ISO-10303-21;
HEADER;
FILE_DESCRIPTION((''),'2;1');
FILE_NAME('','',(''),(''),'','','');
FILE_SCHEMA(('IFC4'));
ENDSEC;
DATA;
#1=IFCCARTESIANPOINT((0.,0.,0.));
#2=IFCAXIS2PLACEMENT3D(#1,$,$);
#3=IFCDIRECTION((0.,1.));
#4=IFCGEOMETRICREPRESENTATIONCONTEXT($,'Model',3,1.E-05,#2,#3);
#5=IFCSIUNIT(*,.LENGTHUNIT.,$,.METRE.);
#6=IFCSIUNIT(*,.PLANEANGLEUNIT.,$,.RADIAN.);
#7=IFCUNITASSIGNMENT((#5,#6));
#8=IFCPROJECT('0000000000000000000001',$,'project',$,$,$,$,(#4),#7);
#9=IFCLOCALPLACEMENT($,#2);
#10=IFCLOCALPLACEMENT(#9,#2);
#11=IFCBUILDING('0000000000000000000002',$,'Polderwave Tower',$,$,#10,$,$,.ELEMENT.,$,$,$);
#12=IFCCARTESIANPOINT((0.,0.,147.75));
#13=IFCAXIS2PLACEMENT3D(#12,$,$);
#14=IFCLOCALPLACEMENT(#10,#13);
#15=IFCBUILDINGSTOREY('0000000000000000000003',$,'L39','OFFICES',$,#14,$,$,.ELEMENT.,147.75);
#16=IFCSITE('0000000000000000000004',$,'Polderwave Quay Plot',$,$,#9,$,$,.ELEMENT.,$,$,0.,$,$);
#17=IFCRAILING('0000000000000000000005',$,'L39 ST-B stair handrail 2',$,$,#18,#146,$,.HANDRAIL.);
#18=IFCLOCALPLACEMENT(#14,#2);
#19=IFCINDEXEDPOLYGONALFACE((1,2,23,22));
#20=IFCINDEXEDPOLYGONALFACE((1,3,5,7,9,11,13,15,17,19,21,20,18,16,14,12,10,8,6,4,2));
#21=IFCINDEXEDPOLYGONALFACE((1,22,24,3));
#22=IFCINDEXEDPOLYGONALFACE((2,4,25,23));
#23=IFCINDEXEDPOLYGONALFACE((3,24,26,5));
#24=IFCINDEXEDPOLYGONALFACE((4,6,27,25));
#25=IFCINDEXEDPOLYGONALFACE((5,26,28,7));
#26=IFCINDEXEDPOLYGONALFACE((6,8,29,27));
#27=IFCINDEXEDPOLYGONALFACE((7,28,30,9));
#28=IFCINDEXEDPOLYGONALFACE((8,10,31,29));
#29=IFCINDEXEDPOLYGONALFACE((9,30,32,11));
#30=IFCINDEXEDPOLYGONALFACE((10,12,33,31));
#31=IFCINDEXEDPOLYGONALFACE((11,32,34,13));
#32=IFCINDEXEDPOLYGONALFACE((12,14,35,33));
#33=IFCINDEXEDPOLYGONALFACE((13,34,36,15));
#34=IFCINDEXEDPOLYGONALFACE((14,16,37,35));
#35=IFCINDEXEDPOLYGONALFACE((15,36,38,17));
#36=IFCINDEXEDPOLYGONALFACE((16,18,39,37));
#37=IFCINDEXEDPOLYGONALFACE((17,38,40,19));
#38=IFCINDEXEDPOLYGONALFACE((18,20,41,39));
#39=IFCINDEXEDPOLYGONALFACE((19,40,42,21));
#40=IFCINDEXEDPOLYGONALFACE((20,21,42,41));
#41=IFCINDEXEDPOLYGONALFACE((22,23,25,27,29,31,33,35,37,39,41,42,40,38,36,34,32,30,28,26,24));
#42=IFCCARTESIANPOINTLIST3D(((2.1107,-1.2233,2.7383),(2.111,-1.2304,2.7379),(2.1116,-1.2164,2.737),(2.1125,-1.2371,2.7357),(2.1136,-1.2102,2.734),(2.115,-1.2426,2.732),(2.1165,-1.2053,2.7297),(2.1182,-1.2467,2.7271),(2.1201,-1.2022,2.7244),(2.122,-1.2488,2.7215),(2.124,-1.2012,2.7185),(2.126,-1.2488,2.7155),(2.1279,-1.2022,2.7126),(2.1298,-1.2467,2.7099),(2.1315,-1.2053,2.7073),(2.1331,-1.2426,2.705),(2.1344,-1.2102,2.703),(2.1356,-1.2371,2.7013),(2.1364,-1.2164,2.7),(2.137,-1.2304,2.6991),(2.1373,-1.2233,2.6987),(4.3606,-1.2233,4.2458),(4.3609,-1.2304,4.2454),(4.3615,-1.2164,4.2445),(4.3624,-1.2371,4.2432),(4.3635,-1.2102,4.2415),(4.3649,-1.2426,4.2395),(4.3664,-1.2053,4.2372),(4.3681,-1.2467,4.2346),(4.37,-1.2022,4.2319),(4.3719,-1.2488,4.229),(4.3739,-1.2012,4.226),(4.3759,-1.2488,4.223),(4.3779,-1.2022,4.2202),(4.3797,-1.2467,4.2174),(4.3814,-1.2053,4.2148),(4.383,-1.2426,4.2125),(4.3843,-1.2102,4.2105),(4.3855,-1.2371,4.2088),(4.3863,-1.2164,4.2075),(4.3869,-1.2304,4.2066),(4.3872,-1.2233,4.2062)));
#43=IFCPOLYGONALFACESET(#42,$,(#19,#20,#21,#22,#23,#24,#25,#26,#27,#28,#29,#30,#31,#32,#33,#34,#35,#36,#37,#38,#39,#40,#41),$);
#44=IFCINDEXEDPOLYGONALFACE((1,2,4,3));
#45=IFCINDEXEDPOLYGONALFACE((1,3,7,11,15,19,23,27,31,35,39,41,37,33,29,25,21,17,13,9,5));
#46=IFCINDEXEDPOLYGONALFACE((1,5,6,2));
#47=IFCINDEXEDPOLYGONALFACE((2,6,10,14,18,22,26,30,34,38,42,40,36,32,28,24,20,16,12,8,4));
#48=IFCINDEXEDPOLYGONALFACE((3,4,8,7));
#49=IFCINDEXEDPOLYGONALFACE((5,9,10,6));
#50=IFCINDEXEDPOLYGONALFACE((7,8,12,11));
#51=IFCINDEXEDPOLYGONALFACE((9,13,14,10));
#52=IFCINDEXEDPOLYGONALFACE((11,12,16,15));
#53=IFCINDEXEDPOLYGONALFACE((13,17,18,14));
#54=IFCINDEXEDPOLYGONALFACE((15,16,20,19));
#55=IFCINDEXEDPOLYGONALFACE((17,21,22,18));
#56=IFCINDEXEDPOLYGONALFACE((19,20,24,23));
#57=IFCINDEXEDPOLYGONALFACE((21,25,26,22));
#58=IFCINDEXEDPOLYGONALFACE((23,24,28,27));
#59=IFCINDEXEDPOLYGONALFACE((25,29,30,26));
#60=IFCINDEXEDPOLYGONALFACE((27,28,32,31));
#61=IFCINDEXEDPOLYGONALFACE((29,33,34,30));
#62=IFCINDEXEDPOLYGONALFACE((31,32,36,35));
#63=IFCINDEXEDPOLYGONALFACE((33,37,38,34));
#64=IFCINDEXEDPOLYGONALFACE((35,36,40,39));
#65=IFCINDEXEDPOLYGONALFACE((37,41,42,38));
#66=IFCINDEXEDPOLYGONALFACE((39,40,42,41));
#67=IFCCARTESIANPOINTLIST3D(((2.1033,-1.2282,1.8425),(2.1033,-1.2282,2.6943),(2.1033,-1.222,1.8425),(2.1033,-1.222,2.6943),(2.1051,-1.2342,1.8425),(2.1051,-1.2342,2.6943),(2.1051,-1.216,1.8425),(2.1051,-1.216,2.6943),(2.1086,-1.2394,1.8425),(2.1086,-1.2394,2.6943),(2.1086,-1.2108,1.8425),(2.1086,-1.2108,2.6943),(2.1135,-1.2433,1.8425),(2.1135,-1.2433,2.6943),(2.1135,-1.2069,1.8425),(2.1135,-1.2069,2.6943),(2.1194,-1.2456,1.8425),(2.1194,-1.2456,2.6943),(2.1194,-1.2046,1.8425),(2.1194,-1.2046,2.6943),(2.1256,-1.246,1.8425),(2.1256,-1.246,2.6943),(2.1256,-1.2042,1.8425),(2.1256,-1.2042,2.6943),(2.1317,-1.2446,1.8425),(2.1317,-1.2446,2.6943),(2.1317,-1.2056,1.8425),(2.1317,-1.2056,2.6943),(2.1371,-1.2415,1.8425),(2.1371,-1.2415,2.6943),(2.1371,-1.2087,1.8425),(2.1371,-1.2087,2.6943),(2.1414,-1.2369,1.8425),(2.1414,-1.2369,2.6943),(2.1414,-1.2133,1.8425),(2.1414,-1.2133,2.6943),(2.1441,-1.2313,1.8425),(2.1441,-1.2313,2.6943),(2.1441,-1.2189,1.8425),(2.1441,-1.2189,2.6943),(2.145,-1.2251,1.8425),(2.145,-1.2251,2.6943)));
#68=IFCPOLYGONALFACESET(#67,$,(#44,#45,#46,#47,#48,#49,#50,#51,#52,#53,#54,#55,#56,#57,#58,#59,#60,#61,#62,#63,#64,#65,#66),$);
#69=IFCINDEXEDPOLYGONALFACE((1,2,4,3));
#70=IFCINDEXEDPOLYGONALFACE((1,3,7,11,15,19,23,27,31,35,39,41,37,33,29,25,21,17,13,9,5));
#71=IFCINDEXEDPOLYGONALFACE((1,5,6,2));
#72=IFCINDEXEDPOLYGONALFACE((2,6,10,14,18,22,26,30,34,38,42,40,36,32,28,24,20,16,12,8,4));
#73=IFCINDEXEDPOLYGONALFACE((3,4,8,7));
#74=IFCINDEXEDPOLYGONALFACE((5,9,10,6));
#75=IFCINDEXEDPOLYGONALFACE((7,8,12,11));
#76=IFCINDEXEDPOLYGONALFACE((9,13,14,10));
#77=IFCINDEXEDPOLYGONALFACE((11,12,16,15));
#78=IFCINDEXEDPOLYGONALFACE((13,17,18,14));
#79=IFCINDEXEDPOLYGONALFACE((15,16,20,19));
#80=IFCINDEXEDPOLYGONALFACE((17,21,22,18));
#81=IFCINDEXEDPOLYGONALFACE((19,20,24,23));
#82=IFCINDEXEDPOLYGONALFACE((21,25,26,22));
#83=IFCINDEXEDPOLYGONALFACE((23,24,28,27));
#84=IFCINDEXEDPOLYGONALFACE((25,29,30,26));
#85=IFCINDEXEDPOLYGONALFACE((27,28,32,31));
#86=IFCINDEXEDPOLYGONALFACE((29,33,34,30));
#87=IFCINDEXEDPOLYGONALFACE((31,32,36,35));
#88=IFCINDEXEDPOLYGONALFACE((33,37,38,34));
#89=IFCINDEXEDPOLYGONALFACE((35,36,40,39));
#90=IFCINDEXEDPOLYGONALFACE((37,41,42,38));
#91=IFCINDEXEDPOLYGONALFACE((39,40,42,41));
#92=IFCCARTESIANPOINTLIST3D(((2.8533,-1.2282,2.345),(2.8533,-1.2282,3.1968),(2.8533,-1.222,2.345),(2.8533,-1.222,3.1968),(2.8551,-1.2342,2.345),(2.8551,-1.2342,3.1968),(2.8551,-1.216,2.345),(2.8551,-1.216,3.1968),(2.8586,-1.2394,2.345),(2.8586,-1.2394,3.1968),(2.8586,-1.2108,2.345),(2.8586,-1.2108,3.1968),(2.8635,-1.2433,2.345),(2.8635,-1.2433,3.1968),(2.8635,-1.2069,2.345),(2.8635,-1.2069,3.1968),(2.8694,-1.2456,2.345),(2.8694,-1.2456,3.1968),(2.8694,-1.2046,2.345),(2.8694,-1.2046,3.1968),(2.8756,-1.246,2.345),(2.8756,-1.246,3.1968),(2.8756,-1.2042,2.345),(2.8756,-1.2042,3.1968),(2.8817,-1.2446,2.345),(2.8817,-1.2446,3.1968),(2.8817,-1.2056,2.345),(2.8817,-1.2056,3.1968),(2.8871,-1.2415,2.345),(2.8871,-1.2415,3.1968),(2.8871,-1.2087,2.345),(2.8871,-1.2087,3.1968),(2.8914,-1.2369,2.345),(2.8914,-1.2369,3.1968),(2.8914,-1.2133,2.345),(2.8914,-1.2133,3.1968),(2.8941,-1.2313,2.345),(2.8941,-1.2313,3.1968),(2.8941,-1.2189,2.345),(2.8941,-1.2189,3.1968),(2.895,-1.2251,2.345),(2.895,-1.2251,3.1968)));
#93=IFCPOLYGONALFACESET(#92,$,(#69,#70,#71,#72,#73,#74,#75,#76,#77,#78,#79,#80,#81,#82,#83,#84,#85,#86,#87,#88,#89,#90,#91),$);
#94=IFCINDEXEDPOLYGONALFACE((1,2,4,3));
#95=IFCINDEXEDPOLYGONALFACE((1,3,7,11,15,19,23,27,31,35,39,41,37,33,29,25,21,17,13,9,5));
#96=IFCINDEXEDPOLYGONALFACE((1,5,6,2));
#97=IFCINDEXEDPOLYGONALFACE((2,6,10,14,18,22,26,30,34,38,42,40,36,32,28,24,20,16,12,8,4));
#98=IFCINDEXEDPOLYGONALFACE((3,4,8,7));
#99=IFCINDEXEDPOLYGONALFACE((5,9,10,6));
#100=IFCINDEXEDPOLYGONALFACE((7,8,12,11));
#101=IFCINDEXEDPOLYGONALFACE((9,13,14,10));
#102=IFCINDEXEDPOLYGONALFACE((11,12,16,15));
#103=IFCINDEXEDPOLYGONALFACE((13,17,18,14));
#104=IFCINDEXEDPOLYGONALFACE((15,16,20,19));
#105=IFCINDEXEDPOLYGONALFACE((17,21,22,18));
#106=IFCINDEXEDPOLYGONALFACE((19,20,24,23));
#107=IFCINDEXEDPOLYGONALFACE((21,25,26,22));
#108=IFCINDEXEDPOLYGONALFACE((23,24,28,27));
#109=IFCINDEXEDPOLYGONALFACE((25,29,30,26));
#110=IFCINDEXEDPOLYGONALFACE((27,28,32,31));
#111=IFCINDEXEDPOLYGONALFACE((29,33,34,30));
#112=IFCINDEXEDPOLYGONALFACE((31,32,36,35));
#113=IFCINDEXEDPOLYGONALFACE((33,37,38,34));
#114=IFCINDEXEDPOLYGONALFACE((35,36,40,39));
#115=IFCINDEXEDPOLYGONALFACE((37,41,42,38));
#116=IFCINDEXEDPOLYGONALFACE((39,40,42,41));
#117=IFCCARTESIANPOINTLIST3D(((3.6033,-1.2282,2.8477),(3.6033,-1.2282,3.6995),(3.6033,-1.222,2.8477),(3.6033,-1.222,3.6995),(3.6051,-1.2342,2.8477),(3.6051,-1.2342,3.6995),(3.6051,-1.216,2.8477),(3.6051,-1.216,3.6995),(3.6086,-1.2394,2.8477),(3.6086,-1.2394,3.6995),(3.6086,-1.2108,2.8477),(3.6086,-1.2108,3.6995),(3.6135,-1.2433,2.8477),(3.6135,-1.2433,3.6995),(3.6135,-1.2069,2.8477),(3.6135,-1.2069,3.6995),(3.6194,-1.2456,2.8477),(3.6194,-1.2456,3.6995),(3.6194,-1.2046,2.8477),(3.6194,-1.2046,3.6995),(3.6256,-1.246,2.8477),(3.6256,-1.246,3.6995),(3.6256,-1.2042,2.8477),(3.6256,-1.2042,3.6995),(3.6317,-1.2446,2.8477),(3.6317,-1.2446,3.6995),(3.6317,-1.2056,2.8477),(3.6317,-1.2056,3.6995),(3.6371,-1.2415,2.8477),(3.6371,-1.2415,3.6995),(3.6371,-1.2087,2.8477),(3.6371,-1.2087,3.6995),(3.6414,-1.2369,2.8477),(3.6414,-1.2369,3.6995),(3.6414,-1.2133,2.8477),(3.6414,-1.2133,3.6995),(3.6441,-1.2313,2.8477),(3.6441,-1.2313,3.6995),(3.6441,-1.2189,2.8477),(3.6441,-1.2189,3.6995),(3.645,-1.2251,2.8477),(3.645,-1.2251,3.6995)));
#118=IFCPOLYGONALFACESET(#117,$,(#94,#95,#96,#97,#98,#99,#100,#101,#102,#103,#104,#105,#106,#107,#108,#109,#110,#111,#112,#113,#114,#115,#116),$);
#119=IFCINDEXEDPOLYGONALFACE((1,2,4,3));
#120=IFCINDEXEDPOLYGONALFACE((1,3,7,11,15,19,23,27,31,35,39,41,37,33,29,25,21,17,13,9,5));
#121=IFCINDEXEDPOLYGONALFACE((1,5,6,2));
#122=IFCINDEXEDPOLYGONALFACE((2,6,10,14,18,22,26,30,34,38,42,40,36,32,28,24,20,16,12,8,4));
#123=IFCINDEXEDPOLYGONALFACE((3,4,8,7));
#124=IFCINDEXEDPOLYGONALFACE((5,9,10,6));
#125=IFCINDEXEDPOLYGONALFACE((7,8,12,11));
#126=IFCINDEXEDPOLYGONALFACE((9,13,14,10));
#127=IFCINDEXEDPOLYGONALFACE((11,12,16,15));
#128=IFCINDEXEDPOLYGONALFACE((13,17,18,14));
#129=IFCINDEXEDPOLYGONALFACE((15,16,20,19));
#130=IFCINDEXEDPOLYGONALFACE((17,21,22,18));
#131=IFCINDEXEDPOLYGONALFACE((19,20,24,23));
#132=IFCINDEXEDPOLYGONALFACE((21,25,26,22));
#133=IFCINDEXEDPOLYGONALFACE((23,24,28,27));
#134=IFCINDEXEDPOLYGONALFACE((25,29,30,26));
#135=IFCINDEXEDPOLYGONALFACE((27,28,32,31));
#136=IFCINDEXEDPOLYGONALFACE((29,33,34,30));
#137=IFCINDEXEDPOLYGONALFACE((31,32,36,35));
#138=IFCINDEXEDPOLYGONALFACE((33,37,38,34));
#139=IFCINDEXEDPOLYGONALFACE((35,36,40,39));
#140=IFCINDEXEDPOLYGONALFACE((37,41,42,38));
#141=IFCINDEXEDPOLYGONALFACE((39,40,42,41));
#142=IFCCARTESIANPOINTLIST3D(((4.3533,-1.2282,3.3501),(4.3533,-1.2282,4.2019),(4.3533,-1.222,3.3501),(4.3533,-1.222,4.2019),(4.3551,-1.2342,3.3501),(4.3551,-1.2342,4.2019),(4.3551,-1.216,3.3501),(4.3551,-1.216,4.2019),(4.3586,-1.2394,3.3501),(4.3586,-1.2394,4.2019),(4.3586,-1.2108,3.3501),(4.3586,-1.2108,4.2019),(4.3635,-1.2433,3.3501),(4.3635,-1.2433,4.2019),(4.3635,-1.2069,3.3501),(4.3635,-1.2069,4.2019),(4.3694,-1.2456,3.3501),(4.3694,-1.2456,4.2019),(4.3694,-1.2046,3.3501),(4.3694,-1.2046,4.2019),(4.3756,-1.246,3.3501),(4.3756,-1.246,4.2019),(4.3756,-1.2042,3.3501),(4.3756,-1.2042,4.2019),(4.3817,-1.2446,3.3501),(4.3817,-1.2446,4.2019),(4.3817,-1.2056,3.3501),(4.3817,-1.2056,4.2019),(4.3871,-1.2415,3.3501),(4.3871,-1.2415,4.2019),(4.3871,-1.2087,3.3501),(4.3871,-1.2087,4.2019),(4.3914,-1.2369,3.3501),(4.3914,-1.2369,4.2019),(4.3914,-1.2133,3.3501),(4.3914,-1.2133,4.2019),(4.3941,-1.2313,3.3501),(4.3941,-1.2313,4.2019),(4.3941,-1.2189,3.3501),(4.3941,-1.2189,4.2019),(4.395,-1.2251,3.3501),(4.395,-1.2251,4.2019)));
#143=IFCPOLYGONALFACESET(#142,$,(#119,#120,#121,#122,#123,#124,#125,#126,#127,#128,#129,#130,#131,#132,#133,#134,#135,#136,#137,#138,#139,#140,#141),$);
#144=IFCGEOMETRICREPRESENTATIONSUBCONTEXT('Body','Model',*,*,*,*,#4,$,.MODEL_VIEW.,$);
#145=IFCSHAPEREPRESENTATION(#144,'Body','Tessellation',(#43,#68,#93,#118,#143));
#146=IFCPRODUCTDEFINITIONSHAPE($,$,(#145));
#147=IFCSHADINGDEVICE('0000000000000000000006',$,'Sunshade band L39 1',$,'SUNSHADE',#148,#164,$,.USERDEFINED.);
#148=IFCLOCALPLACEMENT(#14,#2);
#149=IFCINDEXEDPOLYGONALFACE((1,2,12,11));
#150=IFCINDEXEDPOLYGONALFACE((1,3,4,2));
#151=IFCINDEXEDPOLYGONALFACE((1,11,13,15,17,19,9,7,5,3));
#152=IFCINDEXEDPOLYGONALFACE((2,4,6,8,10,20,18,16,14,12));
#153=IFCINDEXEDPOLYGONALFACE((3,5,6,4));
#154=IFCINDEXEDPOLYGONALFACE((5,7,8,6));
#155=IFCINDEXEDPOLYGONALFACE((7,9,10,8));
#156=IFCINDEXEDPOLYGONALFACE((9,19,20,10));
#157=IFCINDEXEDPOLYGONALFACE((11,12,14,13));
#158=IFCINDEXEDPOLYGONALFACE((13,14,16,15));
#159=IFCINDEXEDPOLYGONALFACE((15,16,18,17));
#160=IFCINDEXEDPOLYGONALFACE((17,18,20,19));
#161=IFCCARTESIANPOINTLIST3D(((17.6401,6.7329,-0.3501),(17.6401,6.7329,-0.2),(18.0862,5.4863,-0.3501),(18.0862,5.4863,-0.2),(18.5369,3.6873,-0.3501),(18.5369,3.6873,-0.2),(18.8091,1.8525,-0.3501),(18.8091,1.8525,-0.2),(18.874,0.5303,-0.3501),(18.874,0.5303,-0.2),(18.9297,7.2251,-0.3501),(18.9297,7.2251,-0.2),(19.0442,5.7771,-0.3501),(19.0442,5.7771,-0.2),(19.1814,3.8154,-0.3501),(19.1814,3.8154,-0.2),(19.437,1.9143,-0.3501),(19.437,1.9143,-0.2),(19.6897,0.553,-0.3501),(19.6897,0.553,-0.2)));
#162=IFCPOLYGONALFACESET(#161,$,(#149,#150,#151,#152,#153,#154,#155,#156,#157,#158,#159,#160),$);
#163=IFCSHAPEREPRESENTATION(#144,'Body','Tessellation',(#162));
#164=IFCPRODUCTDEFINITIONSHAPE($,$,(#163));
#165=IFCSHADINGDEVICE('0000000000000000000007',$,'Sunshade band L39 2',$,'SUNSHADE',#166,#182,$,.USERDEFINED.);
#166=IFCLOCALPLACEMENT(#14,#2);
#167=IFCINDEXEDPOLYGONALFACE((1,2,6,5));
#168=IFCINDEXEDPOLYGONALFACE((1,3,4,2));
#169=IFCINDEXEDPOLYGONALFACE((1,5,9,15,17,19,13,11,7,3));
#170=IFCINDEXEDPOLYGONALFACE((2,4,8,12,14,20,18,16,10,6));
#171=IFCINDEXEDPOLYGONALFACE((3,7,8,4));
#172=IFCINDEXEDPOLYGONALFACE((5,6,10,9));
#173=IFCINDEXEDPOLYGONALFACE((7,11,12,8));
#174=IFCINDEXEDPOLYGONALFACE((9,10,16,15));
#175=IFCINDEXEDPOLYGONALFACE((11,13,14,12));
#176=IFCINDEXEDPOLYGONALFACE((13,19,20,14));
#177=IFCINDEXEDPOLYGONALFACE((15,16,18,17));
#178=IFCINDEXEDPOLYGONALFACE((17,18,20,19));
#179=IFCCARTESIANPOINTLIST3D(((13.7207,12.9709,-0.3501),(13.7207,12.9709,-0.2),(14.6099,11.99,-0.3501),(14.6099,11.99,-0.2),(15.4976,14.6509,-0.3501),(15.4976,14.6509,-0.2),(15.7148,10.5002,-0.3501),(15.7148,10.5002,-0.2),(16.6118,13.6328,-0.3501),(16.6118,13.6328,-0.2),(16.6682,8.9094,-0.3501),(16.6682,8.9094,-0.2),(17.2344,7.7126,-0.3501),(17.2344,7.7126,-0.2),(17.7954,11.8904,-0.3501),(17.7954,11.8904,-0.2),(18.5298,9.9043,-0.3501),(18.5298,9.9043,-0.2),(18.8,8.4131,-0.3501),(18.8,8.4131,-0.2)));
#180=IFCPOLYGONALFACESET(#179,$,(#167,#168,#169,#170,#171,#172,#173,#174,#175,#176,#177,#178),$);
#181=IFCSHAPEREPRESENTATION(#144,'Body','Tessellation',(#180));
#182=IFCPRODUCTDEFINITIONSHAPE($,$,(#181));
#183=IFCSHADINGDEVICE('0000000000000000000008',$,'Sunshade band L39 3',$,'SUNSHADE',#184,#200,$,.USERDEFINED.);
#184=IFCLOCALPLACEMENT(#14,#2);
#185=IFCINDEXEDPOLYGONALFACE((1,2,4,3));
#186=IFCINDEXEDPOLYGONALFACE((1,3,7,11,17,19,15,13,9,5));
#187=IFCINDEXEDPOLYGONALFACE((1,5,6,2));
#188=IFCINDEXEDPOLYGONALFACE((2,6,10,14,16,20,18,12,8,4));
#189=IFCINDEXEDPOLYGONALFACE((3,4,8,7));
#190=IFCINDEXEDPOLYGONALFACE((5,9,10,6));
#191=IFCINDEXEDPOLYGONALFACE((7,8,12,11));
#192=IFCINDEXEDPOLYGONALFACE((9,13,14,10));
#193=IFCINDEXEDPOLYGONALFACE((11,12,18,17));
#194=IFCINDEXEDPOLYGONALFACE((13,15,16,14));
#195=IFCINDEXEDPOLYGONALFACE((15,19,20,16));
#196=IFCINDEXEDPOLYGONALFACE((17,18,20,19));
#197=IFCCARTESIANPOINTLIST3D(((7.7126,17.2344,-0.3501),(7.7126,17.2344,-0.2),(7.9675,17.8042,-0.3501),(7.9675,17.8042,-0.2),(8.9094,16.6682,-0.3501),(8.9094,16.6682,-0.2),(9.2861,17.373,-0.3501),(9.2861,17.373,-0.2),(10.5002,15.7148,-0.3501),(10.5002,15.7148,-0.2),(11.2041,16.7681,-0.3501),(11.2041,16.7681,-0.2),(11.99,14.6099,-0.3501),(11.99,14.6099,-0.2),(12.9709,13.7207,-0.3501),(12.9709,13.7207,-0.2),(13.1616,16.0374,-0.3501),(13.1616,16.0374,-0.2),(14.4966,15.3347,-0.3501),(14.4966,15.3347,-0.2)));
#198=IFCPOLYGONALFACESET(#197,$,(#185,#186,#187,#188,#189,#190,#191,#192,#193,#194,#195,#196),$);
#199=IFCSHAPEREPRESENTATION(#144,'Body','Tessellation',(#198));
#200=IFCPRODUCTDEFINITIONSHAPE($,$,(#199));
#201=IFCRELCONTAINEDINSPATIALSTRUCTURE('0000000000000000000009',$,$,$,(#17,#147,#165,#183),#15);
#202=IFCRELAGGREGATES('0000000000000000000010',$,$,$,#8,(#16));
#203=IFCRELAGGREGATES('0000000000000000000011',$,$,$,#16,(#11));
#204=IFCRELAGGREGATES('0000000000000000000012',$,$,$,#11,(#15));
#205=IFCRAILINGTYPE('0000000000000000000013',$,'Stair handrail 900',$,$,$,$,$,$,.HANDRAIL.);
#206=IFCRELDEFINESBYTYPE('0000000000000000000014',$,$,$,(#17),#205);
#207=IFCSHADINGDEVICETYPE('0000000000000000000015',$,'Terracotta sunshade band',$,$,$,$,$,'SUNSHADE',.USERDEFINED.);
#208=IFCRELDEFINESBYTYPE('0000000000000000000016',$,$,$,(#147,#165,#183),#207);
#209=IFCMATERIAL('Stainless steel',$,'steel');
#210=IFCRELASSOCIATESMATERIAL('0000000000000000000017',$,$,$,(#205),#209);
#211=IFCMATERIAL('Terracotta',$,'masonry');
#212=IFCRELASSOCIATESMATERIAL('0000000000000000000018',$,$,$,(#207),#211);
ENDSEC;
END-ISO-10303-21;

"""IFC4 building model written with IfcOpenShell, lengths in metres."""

from ifc_helpers import new_model, si_unit, direction, frame, origin, origin_2d, place, context, subcontext, project, spatial, polyline, circle, outline, extrude, material, type_object, element, save


model = new_model("IFC4")

# Units and contexts
model_context = context("Model", 3, precision=1e-05, world=origin(), true_north=direction((0.0, 1.0)))
body_context = subcontext(model_context, "Body", "Model", "MODEL_VIEW")
ifc_project = project(units=[si_unit("LENGTHUNIT", "METRE"), si_unit("PLANEANGLEUNIT", "RADIAN")], contexts=[model_context])

# Site, building, storey
site_placement = place(None, origin())
site = spatial("IfcSite", under=ifc_project, at=site_placement, Name="Polderwave Quay Plot", CompositionType="ELEMENT", RefElevation=0.0)
building_placement = place(site_placement, origin())
building = spatial("IfcBuilding", under=site, at=building_placement, Name="Polderwave Tower", CompositionType="ELEMENT")
storey_placement = place(building_placement, frame((0.0, 0.0, 147.75)))
storey = spatial("IfcBuildingStorey", under=building, at=storey_placement, Name="L39", Description="OFFICES", CompositionType="ELEMENT", Elevation=147.75)

# Railing
ifc_material_1 = material(Name="Stainless steel", Category="steel")
railing_type_1 = type_object("IfcRailingType", Name="Stair handrail 900", PredefinedType="HANDRAIL", material=ifc_material_1)
railing_1_placement = place(storey_placement, frame((2.124, -1.2251, 1.8425)))
element("IfcRailing", 1, at=railing_1_placement, inside=storey, type_object=railing_type_1, Name="L39 ST-B stair handrail 2", PredefinedType="HANDRAIL", context=body_context, shape_type="SweptSolid", body=[
    extrude(circle(Radius=0.0239, at=origin_2d()), frame((0.0, 0.0, 0.876), z_axis=(0.830758, 0.0, 0.556633), x_axis=(0.0, 1.0, 0.0)), (0.0, 0.0, 1.0), 2.7083),
    extrude(circle(Radius=0.021, at=origin_2d()), origin(), (0.0, 0.0, 1.0), 0.8518),
    extrude(circle(Radius=0.021, at=origin_2d()), frame((0.75, 0.0, 0.5024)), (0.0, 0.0, 1.0), 0.8518),
    extrude(circle(Radius=0.021, at=origin_2d()), frame((1.5, 0.0, 1.0051)), (0.0, 0.0, 1.0), 0.8518),
    extrude(circle(Radius=0.021, at=origin_2d()), frame((2.25, 0.0, 1.5076)), (0.0, 0.0, 1.0), 0.8518),
])

# Shading devices
ifc_material_2 = material(Name="Terracotta", Category="masonry")
shading_device_type = type_object("IfcShadingDeviceType", Name="Terracotta sunshade band", ElementType="SUNSHADE", PredefinedType="USERDEFINED", material=ifc_material_2)
shading_device_1_placement = place(storey_placement, frame((0.0, 0.0, -0.3501)))
element("IfcShadingDevice", 2, at=shading_device_1_placement, inside=storey, type_object=shading_device_type, Name="Sunshade band L39 1", ObjectType="SUNSHADE", PredefinedType="USERDEFINED", context=body_context, shape_type="SweptSolid", body=[
    extrude(outline(polyline([(18.874, 0.5303), (18.8091, 1.8525), (18.5369, 3.6873), (18.0862, 5.4863), (17.6401, 6.7329), (18.9297, 7.2251), (19.0442, 5.7771), (19.1814, 3.8154), (19.437, 1.9143), (19.6897, 0.553), (18.874, 0.5303)])), origin(), (0.0, 0.0, 1.0), 0.1501),
])
shading_device_2_placement = place(storey_placement, frame((0.0, 0.0, -0.3501)))
element("IfcShadingDevice", 3, at=shading_device_2_placement, inside=storey, type_object=shading_device_type, Name="Sunshade band L39 2", ObjectType="SUNSHADE", PredefinedType="USERDEFINED", context=body_context, shape_type="SweptSolid", body=[
    extrude(outline(polyline([(17.2344, 7.7126), (16.6682, 8.9094), (15.7148, 10.5002), (14.6099, 11.99), (13.7207, 12.9709), (15.4976, 14.6509), (16.6118, 13.6328), (17.7954, 11.8904), (18.5298, 9.9043), (18.8, 8.4131), (17.2344, 7.7126)])), origin(), (0.0, 0.0, 1.0), 0.1501),
])
shading_device_3_placement = place(storey_placement, frame((0.0, 0.0, -0.3501)))
element("IfcShadingDevice", 4, at=shading_device_3_placement, inside=storey, type_object=shading_device_type, Name="Sunshade band L39 3", ObjectType="SUNSHADE", PredefinedType="USERDEFINED", context=body_context, shape_type="SweptSolid", body=[
    extrude(outline(polyline([(12.9709, 13.7207), (11.99, 14.6099), (10.5002, 15.7148), (8.9094, 16.6682), (7.7126, 17.2344), (7.9675, 17.8042), (9.2861, 17.373), (11.2041, 16.7681), (13.1616, 16.0374), (14.4966, 15.3347), (12.9709, 13.7207)])), origin(), (0.0, 0.0, 1.0), 0.1501),
])

save(model, "model.ifc")
